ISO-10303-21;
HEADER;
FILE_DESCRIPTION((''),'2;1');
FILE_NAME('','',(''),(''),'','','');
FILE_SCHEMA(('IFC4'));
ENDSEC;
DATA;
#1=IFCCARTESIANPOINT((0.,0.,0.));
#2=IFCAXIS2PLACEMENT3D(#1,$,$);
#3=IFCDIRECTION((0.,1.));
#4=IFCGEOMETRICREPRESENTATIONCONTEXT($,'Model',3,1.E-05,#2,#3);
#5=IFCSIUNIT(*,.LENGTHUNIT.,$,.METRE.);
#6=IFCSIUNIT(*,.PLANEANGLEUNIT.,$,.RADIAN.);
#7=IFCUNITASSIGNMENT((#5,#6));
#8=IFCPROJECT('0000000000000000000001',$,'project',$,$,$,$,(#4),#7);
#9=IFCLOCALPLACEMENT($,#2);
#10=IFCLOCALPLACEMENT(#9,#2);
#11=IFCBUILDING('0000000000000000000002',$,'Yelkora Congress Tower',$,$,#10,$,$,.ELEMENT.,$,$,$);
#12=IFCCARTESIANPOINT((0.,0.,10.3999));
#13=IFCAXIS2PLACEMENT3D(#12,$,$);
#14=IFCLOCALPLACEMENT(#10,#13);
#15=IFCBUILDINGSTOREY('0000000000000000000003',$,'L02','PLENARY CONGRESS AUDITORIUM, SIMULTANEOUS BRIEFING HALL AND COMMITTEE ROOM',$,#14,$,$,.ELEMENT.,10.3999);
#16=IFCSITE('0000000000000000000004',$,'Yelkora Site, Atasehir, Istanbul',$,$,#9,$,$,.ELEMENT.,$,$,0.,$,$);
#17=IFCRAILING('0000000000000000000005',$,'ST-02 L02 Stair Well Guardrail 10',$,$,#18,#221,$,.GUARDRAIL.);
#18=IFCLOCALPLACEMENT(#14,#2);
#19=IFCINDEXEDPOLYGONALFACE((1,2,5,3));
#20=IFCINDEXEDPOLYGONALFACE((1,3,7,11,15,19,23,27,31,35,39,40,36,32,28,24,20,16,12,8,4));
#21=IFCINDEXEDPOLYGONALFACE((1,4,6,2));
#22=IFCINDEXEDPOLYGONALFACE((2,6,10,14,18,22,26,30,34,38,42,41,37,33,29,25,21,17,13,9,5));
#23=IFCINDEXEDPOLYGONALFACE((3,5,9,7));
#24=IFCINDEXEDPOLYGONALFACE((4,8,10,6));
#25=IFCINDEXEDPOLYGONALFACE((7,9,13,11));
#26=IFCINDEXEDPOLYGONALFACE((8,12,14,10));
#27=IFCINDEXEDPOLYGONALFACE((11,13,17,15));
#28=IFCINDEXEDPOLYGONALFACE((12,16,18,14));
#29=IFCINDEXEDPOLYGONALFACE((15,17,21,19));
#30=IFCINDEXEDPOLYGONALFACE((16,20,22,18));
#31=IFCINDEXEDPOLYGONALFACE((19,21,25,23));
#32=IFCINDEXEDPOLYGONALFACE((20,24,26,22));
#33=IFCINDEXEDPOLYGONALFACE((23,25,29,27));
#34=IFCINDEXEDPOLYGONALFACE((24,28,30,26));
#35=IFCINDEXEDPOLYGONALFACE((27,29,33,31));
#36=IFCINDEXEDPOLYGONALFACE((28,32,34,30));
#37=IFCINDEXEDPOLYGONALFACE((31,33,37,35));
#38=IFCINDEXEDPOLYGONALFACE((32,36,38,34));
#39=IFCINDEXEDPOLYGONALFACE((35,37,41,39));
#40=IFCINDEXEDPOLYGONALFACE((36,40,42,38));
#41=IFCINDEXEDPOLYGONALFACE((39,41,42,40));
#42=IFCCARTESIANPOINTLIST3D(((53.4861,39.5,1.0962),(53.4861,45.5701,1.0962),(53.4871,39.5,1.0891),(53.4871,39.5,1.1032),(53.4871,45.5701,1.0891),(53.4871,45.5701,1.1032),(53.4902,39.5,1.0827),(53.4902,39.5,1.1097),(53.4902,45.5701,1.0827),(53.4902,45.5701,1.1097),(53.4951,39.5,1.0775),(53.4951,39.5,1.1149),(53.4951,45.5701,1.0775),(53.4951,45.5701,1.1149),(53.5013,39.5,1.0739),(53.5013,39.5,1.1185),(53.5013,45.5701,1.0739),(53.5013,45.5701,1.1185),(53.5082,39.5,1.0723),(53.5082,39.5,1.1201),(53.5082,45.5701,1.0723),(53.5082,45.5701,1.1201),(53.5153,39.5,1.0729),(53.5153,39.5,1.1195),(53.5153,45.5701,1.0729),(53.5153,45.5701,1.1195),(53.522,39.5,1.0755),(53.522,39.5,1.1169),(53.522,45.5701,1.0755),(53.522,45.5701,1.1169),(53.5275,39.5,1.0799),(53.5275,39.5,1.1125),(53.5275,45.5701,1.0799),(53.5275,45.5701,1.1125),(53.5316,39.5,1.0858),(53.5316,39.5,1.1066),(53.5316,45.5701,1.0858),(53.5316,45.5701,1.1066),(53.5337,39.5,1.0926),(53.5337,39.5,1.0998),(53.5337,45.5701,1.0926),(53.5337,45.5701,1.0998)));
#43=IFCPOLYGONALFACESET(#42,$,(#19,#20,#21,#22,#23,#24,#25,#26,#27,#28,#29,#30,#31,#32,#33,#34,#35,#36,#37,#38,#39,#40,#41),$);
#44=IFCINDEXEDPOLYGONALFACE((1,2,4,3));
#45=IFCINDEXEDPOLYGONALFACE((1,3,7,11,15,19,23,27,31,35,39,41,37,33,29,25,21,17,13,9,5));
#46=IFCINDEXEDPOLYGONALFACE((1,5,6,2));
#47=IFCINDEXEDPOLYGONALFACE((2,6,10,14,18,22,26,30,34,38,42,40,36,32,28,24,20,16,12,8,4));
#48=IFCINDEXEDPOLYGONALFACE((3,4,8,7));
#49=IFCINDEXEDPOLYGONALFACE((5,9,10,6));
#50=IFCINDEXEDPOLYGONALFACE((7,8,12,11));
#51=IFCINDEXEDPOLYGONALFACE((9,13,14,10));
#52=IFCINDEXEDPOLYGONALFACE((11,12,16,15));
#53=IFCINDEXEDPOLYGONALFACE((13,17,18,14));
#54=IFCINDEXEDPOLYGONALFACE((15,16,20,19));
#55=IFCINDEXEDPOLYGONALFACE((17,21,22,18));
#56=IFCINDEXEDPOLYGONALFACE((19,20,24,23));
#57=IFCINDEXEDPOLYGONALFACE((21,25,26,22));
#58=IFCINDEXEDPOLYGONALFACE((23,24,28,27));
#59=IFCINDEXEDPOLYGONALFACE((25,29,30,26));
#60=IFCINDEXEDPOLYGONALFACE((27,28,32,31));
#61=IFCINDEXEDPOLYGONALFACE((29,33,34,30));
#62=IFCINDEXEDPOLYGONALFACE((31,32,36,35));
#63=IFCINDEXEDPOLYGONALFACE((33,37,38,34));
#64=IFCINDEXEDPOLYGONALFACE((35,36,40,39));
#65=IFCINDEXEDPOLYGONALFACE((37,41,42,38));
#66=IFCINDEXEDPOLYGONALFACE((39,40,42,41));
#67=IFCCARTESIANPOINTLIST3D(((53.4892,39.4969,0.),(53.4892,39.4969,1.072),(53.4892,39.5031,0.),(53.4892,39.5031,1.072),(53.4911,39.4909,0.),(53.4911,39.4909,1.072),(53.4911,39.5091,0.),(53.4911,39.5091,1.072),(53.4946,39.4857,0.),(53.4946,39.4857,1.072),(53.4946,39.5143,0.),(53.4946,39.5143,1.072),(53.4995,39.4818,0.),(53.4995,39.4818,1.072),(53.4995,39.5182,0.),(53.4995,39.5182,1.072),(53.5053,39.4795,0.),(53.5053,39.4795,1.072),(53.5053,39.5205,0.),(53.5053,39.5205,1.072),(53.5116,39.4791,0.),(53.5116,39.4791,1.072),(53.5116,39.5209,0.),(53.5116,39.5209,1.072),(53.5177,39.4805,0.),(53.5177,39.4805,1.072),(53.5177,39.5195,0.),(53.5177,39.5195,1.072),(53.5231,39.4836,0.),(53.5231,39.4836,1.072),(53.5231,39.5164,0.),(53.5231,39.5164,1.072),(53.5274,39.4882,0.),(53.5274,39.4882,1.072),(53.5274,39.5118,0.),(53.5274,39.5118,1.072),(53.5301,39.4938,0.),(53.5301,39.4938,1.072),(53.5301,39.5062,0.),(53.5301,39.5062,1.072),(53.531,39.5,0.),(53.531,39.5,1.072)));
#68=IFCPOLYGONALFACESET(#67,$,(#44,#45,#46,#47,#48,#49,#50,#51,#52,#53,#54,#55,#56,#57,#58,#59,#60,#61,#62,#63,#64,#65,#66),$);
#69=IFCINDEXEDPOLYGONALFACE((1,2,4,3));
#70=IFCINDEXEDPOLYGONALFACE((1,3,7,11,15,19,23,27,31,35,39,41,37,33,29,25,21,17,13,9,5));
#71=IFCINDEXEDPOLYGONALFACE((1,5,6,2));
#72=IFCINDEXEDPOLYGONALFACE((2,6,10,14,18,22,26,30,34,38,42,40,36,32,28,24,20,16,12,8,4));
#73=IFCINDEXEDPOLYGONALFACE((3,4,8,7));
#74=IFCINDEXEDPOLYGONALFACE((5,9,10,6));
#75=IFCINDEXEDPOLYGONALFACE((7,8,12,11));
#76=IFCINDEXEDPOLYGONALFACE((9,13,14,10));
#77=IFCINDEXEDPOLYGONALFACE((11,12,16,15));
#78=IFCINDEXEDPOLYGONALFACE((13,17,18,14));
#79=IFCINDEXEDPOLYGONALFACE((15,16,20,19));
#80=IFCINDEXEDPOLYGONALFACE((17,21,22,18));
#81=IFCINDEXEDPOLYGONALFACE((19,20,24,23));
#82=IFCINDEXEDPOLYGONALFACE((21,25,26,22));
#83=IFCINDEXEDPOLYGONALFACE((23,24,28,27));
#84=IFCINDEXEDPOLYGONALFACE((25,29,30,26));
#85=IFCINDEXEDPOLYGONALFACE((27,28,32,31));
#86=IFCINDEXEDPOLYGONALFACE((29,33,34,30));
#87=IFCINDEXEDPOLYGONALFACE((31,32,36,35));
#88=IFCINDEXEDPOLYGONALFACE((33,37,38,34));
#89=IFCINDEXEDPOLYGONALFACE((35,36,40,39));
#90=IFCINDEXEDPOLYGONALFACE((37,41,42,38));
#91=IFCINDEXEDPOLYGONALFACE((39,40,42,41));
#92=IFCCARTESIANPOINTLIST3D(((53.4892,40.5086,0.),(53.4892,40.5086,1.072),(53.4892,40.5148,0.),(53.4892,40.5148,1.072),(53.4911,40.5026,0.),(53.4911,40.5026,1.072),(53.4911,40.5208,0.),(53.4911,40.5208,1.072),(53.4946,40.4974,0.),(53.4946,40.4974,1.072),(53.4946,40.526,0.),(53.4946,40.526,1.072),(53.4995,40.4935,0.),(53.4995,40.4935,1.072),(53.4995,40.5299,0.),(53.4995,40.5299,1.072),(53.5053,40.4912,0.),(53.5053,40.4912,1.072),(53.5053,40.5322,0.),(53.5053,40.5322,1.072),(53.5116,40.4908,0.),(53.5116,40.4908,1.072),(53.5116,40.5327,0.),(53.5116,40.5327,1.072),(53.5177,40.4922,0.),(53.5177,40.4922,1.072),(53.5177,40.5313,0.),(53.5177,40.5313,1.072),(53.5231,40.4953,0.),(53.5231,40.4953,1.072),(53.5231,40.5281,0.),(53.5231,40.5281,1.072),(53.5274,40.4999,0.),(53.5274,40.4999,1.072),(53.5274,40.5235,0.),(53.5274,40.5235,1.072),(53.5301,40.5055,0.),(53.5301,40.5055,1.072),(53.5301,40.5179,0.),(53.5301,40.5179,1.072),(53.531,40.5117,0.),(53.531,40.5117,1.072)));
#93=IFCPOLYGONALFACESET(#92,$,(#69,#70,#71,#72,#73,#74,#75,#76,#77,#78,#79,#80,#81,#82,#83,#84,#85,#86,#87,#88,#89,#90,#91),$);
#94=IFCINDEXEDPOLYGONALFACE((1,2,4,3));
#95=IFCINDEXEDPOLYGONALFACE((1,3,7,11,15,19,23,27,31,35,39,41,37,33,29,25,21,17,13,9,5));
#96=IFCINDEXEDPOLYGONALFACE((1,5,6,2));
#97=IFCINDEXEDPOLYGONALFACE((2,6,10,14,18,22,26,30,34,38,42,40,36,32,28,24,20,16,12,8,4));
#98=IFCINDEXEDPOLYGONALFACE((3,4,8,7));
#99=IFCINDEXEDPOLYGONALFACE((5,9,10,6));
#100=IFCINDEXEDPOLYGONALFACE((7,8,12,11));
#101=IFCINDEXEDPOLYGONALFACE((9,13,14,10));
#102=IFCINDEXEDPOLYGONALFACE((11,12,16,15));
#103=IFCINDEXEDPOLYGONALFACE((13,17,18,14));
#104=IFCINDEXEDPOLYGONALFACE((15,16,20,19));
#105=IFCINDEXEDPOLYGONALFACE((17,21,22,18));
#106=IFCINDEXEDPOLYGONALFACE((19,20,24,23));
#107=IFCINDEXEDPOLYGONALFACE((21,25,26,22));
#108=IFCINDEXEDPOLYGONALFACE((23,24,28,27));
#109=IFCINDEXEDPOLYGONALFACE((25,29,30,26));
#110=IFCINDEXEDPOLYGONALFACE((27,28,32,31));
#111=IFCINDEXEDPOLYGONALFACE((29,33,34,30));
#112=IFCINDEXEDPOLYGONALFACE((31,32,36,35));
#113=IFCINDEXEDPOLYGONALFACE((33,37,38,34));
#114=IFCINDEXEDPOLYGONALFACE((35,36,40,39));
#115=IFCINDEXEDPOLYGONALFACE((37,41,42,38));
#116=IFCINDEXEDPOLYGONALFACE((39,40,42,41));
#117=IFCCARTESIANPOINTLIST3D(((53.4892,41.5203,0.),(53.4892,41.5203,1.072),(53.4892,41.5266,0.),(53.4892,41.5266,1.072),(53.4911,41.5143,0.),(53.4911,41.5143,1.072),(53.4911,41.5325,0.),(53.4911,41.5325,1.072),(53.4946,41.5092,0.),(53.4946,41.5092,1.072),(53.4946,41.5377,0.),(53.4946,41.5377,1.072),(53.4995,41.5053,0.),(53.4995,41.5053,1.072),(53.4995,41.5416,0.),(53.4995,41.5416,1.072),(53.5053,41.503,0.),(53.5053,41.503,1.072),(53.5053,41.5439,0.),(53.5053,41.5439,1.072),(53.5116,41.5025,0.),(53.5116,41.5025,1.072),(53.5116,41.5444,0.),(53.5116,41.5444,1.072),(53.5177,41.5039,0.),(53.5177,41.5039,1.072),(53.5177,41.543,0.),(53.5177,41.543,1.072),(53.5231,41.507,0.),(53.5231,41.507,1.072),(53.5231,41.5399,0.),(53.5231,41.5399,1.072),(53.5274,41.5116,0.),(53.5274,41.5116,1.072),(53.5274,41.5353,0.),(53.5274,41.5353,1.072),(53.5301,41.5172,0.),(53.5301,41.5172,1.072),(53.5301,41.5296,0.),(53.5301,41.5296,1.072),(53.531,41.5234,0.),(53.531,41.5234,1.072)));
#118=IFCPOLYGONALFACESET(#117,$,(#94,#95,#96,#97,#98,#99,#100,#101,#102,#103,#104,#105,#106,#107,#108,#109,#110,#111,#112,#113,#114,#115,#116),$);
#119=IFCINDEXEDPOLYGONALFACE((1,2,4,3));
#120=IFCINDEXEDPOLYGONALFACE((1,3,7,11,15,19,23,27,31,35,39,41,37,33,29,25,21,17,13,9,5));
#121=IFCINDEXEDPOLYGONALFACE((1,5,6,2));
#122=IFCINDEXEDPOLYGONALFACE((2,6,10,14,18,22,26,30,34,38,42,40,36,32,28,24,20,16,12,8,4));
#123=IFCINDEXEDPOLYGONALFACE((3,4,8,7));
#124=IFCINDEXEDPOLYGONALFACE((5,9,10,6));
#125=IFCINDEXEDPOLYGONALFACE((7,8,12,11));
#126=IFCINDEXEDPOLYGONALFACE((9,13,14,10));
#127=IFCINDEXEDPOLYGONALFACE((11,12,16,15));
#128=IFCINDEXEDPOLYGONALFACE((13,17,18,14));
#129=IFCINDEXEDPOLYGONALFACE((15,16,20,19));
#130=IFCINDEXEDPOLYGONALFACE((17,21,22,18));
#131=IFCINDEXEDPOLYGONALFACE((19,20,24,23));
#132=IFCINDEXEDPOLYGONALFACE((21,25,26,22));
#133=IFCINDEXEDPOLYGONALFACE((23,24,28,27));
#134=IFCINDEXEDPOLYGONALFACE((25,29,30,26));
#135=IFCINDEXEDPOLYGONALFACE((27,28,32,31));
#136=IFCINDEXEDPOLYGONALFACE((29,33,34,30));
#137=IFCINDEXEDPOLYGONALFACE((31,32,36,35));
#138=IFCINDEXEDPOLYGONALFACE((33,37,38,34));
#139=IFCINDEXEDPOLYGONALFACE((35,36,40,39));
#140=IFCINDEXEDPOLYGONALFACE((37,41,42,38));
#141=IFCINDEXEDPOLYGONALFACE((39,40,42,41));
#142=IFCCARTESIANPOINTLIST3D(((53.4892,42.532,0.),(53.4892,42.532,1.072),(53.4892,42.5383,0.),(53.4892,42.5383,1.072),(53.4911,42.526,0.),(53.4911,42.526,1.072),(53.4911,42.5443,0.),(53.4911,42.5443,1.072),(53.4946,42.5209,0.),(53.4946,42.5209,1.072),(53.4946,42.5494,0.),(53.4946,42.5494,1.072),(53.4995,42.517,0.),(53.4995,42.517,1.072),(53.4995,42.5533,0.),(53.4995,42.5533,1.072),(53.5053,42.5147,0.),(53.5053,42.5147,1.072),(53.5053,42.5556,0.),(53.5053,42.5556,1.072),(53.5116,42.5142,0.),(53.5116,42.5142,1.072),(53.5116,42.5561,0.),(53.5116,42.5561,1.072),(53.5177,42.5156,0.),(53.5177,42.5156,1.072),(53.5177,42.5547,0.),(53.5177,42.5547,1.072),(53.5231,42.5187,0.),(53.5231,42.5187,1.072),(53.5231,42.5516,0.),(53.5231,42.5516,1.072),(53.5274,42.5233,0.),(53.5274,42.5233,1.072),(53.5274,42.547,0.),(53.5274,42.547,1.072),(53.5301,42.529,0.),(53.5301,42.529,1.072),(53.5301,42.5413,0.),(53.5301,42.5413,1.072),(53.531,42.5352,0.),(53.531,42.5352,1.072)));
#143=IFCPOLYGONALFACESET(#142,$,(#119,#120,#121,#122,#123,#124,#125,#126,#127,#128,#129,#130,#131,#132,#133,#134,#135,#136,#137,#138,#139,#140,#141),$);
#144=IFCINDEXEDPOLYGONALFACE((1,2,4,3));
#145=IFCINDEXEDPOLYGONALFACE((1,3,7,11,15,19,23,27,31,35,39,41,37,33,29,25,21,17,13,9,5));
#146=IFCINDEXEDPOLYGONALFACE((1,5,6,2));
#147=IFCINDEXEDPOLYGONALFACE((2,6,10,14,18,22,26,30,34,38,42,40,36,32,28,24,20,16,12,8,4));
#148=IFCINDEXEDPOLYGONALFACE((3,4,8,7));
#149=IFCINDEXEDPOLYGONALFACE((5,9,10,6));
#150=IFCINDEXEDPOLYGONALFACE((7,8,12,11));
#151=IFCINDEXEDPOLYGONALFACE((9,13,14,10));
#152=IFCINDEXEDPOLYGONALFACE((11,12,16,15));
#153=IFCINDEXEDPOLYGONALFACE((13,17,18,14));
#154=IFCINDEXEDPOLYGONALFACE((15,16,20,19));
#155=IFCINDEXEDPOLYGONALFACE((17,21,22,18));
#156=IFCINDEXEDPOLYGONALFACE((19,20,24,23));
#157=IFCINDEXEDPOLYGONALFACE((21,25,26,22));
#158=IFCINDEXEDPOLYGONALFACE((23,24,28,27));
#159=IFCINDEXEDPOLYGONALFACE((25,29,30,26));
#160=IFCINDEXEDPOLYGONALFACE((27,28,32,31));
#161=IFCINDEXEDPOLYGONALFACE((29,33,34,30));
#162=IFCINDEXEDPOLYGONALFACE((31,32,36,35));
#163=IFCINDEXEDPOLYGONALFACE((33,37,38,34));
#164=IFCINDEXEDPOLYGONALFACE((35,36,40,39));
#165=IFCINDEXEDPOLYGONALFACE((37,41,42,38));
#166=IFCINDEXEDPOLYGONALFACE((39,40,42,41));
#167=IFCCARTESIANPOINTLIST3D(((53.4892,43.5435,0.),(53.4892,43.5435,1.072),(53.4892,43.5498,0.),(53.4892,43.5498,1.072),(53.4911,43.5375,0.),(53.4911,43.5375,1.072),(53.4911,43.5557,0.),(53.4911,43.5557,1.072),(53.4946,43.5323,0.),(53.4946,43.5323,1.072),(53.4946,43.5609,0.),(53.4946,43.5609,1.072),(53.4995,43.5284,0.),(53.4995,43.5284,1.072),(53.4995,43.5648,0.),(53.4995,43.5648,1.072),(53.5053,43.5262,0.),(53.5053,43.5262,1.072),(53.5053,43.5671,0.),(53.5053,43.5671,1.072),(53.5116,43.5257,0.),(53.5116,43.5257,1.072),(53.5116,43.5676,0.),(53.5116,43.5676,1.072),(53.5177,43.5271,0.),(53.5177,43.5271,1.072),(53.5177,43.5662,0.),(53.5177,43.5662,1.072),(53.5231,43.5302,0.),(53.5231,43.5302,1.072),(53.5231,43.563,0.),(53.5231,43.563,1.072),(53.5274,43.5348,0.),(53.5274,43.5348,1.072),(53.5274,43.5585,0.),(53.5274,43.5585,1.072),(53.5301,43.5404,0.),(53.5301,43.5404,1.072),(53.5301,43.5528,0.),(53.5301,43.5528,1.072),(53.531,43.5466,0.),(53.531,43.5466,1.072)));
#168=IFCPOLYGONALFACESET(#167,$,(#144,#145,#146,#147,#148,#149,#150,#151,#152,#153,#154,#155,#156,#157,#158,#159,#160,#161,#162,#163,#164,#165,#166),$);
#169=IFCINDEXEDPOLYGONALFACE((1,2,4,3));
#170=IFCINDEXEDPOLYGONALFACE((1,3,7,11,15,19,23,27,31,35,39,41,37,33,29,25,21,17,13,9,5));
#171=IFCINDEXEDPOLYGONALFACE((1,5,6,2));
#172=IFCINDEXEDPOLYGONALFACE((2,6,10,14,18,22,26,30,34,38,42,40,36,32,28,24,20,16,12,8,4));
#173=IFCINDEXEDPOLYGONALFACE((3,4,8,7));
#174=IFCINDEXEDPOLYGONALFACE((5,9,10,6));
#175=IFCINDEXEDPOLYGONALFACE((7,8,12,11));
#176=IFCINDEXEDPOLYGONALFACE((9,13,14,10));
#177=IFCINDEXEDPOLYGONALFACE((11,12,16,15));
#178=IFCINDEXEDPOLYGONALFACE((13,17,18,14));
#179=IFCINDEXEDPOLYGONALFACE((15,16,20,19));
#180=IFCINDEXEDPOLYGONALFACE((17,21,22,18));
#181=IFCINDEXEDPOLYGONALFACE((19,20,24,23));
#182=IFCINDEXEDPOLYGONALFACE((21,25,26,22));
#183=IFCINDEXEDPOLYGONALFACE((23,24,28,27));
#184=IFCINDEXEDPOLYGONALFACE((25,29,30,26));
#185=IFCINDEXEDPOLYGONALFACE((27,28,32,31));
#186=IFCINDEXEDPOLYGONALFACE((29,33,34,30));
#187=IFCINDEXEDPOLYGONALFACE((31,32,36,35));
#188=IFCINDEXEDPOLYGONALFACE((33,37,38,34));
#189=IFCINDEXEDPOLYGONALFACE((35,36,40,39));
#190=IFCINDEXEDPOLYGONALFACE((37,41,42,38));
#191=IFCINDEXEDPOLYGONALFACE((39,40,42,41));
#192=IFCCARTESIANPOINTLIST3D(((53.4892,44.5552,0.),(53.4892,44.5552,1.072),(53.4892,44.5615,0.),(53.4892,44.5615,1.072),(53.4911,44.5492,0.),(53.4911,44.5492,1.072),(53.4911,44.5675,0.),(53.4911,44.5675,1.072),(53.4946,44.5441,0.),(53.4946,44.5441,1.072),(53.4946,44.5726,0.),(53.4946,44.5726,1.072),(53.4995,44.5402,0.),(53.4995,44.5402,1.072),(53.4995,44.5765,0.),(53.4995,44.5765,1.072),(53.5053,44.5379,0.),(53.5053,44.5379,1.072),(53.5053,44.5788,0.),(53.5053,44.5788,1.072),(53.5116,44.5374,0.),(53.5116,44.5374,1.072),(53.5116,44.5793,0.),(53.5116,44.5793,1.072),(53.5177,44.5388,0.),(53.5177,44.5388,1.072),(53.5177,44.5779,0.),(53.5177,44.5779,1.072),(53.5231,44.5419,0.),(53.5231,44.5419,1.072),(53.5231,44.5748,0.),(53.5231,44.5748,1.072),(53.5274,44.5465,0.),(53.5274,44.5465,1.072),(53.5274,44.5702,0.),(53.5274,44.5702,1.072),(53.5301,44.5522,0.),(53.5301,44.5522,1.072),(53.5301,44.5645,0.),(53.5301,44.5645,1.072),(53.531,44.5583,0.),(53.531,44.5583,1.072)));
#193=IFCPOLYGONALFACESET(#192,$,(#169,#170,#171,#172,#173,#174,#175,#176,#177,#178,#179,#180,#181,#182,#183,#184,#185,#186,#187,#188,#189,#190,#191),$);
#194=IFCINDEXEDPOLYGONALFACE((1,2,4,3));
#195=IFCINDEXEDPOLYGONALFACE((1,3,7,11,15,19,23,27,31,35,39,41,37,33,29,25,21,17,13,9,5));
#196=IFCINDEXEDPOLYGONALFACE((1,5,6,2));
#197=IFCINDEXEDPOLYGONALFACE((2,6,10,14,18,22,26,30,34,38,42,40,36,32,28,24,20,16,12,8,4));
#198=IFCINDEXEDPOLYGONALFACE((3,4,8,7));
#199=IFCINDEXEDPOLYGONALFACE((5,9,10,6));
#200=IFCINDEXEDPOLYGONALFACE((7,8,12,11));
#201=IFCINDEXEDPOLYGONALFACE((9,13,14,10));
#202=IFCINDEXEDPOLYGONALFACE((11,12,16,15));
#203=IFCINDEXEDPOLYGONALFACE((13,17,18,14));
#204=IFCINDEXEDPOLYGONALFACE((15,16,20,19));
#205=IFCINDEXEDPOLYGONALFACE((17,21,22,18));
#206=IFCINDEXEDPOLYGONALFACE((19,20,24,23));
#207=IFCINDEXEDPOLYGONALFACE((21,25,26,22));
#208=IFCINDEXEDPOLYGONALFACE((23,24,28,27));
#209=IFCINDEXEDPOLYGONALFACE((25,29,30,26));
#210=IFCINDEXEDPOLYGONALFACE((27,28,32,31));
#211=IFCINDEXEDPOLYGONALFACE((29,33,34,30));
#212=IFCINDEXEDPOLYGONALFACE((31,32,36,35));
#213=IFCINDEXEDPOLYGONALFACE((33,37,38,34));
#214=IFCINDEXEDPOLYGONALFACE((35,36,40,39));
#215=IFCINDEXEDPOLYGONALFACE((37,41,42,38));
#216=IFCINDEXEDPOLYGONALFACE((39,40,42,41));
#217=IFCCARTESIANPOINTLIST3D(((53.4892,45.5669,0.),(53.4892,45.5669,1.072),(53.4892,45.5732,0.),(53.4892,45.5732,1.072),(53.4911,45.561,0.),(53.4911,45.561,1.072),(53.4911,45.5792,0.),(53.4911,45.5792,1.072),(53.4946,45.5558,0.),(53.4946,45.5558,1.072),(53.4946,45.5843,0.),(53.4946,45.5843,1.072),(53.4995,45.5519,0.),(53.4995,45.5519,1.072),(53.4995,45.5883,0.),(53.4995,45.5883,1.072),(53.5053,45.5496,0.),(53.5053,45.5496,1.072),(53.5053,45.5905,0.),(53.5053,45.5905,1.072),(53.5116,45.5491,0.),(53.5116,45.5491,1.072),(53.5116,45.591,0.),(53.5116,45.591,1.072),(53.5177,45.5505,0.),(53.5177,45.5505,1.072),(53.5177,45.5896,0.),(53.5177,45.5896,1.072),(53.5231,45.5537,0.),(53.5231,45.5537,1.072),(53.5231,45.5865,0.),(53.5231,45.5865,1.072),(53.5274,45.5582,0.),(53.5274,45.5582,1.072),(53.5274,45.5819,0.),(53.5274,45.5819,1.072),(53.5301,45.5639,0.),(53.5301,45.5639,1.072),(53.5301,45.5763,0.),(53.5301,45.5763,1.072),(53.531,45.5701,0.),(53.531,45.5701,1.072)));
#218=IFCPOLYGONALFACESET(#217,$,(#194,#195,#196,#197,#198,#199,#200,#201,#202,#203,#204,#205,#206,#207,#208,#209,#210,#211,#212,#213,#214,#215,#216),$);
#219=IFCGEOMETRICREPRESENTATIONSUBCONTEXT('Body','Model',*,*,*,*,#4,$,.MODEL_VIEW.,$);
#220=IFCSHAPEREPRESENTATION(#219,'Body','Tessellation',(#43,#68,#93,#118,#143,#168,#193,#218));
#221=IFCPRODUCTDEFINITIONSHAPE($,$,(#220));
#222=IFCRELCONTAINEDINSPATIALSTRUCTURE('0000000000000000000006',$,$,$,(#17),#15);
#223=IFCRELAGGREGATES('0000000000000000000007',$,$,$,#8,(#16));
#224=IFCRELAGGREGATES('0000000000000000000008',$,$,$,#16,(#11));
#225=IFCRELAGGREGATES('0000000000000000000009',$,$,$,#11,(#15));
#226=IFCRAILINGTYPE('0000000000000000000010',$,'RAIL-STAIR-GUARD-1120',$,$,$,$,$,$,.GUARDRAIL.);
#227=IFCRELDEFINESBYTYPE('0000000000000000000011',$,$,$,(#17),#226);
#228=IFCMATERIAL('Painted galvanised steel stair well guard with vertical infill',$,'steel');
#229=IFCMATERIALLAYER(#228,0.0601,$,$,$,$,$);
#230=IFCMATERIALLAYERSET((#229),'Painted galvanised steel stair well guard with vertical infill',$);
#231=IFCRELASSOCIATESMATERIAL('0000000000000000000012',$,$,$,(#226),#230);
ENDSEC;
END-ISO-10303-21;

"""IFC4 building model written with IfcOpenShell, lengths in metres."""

from ifc_helpers import new_model, si_unit, direction, frame, origin, origin_2d, place, context, subcontext, project, spatial, circle, extrude, material, layer, layer_set, type_object, element, save


model = new_model("IFC4")

# Units and contexts
model_context = context("Model", 3, precision=1e-05, world=origin(), true_north=direction((0.0, 1.0)))
body_context = subcontext(model_context, "Body", "Model", "MODEL_VIEW")
ifc_project = project(units=[si_unit("LENGTHUNIT", "METRE"), si_unit("PLANEANGLEUNIT", "RADIAN")], contexts=[model_context])

# Site, building, storey
site_placement = place(None, origin())
site = spatial("IfcSite", under=ifc_project, at=site_placement, Name="Yelkora Site, Atasehir, Istanbul", CompositionType="ELEMENT", RefElevation=0.0)
building_placement = place(site_placement, origin())
building = spatial("IfcBuilding", under=site, at=building_placement, Name="Yelkora Congress Tower", CompositionType="ELEMENT")
storey_placement = place(building_placement, frame((0.0, 0.0, 10.3999)))
storey = spatial("IfcBuildingStorey", under=building, at=storey_placement, Name="L02", Description="PLENARY CONGRESS AUDITORIUM, SIMULTANEOUS BRIEFING HALL AND COMMITTEE ROOM", CompositionType="ELEMENT", Elevation=10.3999)

# Railing
ifc_material_1 = material(Name="Painted galvanised steel stair well guard with vertical infill", Category="steel")
ifc_layer_1 = layer(ifc_material_1, 0.0601)
ifc_layer_set_1 = layer_set([ifc_layer_1], Name="Painted galvanised steel stair well guard with vertical infill")
railing_type_1 = type_object("IfcRailingType", Name="RAIL-STAIR-GUARD-1120", PredefinedType="GUARDRAIL", material=ifc_layer_set_1)
railing_1_placement = place(storey_placement, frame((53.51, 39.5, 0.0)))
element("IfcRailing", 1, at=railing_1_placement, inside=storey, type_object=railing_type_1, Name="ST-02 L02 Stair Well Guardrail 10", PredefinedType="GUARDRAIL", context=body_context, shape_type="SweptSolid", body=[
    extrude(circle(Radius=0.0239, at=origin_2d()), frame((0.0, 0.0, 1.0962), z_axis=(0.0, 1.0, 0.0), x_axis=(-1.0, 0.0, 0.0)), (0.0, 0.0, 1.0), 6.0701),
    extrude(circle(Radius=0.021, at=origin_2d()), origin(), (0.0, 0.0, 1.0), 1.072),
    extrude(circle(Radius=0.021, at=origin_2d()), frame((0.0, 1.0117, 0.0)), (0.0, 0.0, 1.0), 1.072),
    extrude(circle(Radius=0.021, at=origin_2d()), frame((0.0, 2.0234, 0.0)), (0.0, 0.0, 1.0), 1.072),
    extrude(circle(Radius=0.021, at=origin_2d()), frame((0.0, 3.0352, 0.0)), (0.0, 0.0, 1.0), 1.072),
    extrude(circle(Radius=0.021, at=origin_2d()), frame((0.0, 4.0466, 0.0)), (0.0, 0.0, 1.0), 1.072),
    extrude(circle(Radius=0.021, at=origin_2d()), frame((0.0, 5.0583, 0.0)), (0.0, 0.0, 1.0), 1.072),
    extrude(circle(Radius=0.021, at=origin_2d()), frame((0.0, 6.0701, 0.0)), (0.0, 0.0, 1.0), 1.072),
])

save(model, "model.ifc")
